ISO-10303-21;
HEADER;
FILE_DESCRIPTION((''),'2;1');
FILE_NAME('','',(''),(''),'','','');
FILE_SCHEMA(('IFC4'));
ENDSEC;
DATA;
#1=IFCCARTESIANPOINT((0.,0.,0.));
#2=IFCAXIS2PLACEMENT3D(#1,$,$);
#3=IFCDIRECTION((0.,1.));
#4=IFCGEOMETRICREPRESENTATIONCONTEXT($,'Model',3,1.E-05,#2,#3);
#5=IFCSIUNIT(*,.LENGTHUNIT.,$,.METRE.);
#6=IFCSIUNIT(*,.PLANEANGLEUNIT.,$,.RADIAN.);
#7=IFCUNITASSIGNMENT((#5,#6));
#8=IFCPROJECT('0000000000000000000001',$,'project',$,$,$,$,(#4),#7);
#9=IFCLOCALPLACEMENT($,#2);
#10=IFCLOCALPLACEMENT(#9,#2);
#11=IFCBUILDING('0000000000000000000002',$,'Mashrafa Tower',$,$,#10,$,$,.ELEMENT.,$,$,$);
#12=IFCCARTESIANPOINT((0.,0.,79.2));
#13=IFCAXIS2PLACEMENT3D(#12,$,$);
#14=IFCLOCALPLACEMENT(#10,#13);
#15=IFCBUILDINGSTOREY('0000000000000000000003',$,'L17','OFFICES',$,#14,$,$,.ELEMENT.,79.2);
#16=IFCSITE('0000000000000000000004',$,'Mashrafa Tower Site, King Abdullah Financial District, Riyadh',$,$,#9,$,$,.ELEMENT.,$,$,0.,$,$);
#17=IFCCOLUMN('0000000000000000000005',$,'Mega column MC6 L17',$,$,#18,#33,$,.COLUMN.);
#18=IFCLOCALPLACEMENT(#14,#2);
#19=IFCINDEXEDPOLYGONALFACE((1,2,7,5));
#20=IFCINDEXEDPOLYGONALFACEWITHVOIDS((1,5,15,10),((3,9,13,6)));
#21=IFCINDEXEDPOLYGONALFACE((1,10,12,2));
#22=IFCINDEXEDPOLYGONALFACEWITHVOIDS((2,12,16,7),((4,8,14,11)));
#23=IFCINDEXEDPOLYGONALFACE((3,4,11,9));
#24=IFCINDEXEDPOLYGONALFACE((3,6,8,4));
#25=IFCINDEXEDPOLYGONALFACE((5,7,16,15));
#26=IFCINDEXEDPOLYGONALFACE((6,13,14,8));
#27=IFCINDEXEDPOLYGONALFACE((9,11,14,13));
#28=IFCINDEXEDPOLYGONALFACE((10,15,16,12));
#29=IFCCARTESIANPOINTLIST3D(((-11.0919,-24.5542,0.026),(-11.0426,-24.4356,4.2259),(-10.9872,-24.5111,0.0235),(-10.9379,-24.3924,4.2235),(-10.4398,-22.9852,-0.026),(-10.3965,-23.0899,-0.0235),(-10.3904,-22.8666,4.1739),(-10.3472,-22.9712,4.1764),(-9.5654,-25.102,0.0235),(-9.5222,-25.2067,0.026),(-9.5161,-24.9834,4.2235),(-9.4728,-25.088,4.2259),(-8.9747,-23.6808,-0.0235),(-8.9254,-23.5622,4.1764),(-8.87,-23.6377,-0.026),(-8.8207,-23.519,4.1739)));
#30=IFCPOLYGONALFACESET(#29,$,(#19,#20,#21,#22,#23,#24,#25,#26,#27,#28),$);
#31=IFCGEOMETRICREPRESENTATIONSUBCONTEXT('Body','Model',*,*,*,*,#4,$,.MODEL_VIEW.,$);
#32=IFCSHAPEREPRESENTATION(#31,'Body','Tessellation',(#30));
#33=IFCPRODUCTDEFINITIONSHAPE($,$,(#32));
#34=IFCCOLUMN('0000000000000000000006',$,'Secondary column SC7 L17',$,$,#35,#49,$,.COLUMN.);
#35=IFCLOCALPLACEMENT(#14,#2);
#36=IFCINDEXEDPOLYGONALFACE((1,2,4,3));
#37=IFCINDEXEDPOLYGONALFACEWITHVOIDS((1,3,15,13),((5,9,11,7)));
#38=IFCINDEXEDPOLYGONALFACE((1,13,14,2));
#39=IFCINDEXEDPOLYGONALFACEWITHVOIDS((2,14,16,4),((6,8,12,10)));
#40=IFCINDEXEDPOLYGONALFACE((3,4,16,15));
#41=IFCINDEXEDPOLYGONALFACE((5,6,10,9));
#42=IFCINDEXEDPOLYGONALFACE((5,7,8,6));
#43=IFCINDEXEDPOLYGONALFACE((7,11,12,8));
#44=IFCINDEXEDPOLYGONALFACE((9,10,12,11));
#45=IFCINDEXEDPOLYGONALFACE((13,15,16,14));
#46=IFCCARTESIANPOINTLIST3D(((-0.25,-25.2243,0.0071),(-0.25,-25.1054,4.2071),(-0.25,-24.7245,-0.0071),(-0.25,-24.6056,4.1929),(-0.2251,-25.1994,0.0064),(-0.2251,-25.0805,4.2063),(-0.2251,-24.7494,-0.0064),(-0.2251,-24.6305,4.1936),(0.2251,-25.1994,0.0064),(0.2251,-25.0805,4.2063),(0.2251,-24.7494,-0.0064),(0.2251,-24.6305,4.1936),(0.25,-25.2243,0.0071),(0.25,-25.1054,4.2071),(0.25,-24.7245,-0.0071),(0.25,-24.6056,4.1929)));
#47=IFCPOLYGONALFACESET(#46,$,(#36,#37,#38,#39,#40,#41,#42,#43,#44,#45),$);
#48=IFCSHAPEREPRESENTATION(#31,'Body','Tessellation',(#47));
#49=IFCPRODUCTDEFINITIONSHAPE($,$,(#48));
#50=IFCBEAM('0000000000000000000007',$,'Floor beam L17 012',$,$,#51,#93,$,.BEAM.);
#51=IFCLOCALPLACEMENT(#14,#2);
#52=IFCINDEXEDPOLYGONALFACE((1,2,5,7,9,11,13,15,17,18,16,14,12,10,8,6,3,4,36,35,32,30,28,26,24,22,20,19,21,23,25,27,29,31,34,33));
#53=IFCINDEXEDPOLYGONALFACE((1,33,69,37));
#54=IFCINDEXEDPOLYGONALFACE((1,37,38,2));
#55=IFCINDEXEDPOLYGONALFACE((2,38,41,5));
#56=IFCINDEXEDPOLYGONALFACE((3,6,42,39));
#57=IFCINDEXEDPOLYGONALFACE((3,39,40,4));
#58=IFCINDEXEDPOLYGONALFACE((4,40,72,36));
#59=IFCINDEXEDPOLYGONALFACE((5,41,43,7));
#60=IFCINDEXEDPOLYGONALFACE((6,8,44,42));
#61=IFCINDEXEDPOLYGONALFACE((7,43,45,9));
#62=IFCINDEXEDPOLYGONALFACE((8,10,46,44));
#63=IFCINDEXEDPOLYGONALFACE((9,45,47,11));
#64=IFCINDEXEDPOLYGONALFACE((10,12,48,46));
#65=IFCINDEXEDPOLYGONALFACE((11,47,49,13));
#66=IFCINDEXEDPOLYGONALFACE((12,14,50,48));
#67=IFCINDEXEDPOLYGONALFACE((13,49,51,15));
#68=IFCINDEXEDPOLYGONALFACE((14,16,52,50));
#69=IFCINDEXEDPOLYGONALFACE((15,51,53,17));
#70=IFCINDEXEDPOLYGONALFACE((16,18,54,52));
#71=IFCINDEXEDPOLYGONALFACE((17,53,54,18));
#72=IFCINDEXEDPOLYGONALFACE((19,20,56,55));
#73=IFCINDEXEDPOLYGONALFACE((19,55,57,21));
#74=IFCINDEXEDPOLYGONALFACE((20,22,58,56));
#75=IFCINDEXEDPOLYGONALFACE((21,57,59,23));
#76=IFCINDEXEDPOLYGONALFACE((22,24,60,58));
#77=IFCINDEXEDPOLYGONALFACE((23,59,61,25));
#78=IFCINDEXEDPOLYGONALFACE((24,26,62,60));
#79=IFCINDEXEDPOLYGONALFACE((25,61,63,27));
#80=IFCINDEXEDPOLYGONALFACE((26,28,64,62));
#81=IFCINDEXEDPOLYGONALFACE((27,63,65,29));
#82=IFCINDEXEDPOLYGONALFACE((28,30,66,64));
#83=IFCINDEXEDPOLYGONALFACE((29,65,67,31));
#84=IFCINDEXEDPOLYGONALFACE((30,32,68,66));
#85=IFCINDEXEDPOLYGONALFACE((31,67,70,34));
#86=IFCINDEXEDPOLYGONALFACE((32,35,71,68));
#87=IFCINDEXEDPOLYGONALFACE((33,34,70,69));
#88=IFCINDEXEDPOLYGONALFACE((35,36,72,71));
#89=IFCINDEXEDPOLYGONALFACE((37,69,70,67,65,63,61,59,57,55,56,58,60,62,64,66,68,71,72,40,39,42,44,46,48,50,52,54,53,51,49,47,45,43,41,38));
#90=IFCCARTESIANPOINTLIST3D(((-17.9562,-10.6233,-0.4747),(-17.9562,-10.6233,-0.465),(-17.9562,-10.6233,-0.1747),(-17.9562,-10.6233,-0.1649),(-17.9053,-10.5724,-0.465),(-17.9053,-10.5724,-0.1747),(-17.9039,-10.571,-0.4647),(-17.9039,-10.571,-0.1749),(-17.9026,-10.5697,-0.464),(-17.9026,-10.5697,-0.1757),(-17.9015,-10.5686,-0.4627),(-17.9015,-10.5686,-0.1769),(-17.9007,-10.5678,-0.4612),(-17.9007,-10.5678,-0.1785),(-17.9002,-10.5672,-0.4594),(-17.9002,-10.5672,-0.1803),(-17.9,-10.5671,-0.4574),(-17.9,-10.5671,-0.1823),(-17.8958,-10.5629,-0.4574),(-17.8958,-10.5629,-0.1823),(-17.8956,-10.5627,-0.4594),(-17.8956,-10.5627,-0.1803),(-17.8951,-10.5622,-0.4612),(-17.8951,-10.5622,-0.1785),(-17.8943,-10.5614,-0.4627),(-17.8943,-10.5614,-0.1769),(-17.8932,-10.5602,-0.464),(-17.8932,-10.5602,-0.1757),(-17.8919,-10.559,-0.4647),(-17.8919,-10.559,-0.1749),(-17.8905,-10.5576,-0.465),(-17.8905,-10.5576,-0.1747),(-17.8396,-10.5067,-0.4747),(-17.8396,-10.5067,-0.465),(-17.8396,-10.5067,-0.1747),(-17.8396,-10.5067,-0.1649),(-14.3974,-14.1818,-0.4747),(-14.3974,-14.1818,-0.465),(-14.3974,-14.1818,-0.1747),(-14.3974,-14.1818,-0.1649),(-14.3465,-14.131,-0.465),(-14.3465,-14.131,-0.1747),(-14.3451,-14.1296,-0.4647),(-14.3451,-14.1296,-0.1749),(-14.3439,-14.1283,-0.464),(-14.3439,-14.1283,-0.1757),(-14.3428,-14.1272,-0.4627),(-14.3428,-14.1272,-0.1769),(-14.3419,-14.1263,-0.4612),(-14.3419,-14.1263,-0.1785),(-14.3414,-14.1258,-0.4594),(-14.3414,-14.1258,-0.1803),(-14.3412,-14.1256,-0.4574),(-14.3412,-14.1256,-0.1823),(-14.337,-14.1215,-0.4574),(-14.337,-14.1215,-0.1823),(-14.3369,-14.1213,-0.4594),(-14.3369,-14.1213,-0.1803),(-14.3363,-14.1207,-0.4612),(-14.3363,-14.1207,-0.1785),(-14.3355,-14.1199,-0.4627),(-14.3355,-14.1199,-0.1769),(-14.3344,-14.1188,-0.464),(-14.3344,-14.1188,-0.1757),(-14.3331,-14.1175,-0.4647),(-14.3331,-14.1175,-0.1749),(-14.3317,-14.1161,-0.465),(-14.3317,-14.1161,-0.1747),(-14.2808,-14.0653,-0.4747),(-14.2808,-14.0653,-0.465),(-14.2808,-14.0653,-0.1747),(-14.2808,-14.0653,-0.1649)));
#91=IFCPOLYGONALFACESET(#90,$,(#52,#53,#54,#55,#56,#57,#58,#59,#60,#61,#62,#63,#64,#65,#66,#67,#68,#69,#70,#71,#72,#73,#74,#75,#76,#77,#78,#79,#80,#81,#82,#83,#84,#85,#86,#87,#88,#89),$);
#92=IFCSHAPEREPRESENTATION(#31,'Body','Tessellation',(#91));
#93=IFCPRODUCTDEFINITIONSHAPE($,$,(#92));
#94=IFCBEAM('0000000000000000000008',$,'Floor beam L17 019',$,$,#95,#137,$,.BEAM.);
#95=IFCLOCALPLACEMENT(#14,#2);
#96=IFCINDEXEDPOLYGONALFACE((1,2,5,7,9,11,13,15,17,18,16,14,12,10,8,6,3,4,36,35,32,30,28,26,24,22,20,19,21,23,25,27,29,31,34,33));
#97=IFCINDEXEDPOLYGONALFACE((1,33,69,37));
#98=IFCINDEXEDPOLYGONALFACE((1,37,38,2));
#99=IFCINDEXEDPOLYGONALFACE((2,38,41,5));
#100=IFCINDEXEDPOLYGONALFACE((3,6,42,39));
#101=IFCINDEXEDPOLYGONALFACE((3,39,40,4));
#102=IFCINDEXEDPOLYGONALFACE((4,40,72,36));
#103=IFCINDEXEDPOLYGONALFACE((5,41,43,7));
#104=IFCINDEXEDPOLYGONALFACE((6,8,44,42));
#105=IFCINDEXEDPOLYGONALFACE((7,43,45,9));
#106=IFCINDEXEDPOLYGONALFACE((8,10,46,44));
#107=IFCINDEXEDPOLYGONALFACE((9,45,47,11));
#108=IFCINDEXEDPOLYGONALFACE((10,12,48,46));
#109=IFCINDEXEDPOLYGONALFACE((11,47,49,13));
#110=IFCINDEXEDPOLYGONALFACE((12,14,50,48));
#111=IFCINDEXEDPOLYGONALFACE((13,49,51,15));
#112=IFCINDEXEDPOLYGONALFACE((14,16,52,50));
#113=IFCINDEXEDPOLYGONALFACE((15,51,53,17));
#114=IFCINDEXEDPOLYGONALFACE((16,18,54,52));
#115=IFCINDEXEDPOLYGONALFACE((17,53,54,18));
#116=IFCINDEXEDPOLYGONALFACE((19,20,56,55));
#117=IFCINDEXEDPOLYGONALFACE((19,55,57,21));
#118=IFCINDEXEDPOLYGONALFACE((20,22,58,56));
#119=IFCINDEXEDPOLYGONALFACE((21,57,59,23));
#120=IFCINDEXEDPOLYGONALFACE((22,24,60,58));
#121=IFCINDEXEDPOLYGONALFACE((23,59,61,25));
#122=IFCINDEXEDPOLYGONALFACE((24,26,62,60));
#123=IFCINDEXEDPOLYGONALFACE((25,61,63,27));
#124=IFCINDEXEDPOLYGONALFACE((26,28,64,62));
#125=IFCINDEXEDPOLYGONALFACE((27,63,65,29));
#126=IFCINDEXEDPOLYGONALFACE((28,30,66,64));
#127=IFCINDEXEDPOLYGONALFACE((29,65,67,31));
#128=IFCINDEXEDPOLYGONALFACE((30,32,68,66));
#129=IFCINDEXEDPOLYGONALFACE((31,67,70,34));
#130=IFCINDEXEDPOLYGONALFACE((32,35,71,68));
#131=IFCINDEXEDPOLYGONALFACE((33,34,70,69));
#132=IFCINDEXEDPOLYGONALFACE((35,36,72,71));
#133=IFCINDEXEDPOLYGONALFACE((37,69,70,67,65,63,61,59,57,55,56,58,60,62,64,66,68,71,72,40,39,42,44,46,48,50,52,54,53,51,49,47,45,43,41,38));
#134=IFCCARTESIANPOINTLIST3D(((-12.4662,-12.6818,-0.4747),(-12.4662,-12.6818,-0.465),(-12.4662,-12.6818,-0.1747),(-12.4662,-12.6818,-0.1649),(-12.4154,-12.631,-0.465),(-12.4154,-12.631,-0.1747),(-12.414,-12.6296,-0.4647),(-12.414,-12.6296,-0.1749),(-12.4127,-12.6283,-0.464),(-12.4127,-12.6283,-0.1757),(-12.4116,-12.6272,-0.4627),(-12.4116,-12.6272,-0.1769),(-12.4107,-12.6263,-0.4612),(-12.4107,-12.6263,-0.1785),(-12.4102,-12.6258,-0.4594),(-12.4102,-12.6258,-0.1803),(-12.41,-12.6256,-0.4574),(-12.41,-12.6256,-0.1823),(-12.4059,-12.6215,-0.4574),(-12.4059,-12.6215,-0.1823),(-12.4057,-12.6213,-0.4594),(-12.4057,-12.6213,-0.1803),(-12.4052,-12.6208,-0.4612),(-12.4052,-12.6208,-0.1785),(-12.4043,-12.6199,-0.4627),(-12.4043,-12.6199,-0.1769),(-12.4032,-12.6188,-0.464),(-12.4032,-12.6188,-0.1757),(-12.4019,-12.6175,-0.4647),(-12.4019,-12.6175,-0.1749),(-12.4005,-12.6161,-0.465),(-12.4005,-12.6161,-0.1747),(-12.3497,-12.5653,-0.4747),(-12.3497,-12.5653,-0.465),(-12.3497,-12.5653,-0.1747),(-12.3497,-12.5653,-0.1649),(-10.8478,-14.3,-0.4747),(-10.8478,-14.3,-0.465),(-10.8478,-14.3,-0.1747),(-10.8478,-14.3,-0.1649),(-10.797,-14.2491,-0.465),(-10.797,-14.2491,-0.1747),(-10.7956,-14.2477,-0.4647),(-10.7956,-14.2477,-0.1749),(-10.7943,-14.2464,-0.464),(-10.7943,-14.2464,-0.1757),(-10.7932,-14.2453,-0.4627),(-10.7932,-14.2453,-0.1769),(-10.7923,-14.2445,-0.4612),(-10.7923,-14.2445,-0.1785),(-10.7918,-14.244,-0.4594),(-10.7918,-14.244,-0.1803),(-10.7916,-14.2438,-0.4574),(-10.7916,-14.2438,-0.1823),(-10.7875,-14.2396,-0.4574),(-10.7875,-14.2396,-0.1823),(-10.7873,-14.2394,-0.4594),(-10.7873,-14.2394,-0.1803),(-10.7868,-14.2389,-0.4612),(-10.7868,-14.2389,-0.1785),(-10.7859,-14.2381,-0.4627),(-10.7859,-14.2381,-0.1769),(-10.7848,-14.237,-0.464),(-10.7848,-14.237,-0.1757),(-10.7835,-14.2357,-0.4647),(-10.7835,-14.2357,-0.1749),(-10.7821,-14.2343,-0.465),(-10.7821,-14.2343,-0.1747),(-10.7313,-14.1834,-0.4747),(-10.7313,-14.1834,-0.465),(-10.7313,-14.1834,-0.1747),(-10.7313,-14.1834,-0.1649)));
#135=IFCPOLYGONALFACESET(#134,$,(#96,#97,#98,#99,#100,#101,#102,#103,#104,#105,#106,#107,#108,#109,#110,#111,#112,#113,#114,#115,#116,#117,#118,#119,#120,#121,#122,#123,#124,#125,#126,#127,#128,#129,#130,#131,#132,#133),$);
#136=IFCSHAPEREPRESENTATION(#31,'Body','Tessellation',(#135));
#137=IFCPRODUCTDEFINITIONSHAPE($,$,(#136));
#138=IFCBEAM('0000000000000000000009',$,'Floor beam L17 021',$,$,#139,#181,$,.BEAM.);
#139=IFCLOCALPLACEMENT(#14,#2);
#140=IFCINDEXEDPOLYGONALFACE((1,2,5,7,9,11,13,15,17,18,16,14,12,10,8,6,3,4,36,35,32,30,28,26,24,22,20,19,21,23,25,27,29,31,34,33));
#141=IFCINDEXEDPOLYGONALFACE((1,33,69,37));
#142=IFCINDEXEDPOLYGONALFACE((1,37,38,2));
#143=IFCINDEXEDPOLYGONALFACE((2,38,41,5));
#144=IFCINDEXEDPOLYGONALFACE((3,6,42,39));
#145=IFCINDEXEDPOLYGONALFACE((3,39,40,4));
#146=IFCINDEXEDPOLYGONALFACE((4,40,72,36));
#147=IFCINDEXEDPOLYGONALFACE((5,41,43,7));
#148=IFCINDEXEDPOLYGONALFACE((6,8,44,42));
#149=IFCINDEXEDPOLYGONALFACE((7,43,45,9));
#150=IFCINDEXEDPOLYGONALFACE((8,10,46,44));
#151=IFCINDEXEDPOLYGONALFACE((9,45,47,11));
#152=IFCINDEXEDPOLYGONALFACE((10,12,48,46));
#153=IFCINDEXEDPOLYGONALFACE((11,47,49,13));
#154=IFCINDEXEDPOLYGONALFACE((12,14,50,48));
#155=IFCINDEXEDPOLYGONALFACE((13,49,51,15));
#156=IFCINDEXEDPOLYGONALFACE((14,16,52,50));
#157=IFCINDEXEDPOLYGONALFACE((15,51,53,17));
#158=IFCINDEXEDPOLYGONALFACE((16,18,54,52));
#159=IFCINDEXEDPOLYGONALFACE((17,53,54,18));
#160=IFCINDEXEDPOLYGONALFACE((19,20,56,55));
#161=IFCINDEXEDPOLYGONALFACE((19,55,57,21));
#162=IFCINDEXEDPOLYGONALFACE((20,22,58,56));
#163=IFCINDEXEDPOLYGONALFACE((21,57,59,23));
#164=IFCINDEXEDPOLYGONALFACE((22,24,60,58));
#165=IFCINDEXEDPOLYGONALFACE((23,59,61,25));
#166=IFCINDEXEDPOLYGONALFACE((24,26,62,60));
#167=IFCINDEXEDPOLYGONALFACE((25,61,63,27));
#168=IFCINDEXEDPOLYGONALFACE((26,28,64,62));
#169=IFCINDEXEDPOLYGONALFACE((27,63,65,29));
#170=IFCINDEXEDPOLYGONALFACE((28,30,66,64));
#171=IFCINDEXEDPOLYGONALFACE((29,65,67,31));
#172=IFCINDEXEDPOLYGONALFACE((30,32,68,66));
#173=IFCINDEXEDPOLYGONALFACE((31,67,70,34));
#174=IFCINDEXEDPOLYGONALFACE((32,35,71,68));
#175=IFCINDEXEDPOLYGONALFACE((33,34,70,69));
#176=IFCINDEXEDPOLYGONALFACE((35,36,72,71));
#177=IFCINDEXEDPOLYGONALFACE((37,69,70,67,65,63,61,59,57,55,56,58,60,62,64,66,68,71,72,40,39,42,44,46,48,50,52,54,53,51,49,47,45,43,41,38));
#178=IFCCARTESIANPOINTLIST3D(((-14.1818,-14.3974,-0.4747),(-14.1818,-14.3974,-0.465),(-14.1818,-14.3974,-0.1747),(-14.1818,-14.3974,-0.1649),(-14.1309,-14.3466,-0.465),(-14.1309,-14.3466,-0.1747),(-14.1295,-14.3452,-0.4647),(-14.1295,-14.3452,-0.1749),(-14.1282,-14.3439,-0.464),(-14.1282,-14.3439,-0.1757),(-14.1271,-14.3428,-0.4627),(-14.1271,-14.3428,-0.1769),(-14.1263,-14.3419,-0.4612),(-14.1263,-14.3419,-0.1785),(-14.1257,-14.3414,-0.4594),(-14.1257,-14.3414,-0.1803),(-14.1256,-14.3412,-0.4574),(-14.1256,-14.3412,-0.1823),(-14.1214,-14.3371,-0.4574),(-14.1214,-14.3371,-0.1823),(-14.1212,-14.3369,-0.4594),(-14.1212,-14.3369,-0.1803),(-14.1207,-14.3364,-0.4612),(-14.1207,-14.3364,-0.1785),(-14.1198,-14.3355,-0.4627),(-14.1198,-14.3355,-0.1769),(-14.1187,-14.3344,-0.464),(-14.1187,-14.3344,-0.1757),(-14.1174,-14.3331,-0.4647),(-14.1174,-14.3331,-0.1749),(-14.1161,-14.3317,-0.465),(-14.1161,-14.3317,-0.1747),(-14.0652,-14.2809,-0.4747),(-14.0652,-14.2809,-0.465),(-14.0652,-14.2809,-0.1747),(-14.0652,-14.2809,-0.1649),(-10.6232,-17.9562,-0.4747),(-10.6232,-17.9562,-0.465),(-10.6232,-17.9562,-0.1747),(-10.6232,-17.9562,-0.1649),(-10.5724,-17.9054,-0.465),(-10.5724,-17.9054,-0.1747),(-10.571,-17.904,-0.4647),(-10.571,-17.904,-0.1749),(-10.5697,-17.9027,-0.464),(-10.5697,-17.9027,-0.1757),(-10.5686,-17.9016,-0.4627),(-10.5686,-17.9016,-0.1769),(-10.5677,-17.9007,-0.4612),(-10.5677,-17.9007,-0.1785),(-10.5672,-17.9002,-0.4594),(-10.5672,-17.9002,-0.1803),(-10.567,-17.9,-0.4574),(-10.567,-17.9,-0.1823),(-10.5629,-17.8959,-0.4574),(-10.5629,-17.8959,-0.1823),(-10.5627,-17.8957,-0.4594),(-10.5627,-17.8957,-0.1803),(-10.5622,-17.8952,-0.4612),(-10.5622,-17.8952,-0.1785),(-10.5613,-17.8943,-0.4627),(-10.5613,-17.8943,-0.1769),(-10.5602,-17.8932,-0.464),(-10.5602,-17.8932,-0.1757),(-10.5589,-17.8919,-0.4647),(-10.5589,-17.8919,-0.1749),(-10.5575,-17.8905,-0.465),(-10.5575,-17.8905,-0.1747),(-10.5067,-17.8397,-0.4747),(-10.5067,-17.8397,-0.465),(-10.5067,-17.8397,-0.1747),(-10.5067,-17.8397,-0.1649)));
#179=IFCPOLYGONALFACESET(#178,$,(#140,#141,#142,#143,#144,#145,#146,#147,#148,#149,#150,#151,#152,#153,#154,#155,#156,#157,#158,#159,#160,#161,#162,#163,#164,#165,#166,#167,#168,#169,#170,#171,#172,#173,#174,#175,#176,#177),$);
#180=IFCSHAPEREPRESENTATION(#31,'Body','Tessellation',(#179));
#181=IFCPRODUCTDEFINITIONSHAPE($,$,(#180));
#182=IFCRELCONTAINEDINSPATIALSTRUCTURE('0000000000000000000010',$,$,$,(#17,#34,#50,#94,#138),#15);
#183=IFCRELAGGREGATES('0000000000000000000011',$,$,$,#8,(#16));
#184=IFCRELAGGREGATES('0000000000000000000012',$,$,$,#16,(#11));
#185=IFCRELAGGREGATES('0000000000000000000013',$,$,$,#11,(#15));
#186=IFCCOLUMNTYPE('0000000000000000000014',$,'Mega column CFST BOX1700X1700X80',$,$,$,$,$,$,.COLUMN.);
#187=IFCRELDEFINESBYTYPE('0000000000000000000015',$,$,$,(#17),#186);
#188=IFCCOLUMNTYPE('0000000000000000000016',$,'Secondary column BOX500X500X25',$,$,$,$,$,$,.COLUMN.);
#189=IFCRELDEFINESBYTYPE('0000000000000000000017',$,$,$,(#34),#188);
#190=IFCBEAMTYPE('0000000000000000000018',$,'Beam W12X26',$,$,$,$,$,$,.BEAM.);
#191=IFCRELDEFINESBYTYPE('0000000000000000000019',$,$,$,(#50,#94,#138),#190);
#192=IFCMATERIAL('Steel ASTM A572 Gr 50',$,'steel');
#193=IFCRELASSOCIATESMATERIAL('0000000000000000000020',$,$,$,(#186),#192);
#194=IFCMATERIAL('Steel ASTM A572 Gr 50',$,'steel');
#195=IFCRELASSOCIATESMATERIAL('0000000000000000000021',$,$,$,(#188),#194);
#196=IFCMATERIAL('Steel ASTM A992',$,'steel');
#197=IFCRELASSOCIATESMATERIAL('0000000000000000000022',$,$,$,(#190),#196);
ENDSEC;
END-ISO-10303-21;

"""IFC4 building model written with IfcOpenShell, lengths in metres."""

from ifc_helpers import new_model, si_unit, direction, frame, origin, origin_2d, place, context, subcontext, project, spatial, hollow_rectangle, i_section, extrude, material, material_profile, profile_set, type_object, element, save


model = new_model("IFC4")

# Units and contexts
model_context = context("Model", 3, precision=1e-05, world=origin(), true_north=direction((0.0, 1.0)))
body_context = subcontext(model_context, "Body", "Model", "MODEL_VIEW")
ifc_project = project(units=[si_unit("LENGTHUNIT", "METRE"), si_unit("PLANEANGLEUNIT", "RADIAN")], contexts=[model_context])

# Site, building, storey
site_placement = place(None, origin())
site = spatial("IfcSite", under=ifc_project, at=site_placement, Name="Mashrafa Tower Site, King Abdullah Financial District, Riyadh", CompositionType="ELEMENT", RefElevation=0.0)
building_placement = place(site_placement, origin())
building = spatial("IfcBuilding", under=site, at=building_placement, Name="Mashrafa Tower", CompositionType="ELEMENT")
storey_placement = place(building_placement, frame((0.0, 0.0, 79.2)))
storey = spatial("IfcBuildingStorey", under=building, at=storey_placement, Name="L17", Description="OFFICES", CompositionType="ELEMENT", Elevation=79.2)

# Columns
ifc_material_1 = material(Name="Steel ASTM A572 Gr 50", Category="steel")
ifc_material_profile_1 = material_profile(ifc_material_1, hollow_rectangle(XDim=1.7, YDim=1.7, WallThickness=0.0801, at=origin_2d()), Name="BOX1700X1700X80")
ifc_profile_set_1 = profile_set([ifc_material_profile_1], Name="Steel ASTM A572 Gr 50")
column_type_1 = type_object("IfcColumnType", Name="Mega column CFST BOX1700X1700X80", PredefinedType="COLUMN", material=ifc_profile_set_1)
column_1_placement = place(storey_placement, frame((-9.981, -24.0959, 0.0), z_axis=(0.011737, 0.028238, 0.999532), x_axis=(-0.923414, 0.383806, 0.0)))
element("IfcColumn", 1, at=column_1_placement, inside=storey, type_object=column_type_1, Name="Mega column MC6 L17", PredefinedType="COLUMN", context=body_context, shape_type="SweptSolid", body=[
    extrude(hollow_rectangle(XDim=1.7, YDim=1.7, WallThickness=0.0801, at=origin_2d()), origin(), (0.0, 0.0, 1.0), 4.2019),
])
ifc_material_2 = material(Name="Steel ASTM A572 Gr 50", Category="steel")
ifc_material_profile_2 = material_profile(ifc_material_2, hollow_rectangle(XDim=0.5, YDim=0.5, WallThickness=0.0249, at=origin_2d()), Name="BOX500X500X25")
ifc_profile_set_2 = profile_set([ifc_material_profile_2], Name="Steel ASTM A572 Gr 50")
column_type_2 = type_object("IfcColumnType", Name="Secondary column BOX500X500X25", PredefinedType="COLUMN", material=ifc_profile_set_2)
column_2_placement = place(storey_placement, frame((0.0, -24.9744, 0.0), z_axis=(0.0, 0.028298, 0.9996), x_axis=(-1.0, 0.0, 0.0)))
element("IfcColumn", 2, at=column_2_placement, inside=storey, type_object=column_type_2, Name="Secondary column SC7 L17", PredefinedType="COLUMN", context=body_context, shape_type="SweptSolid", body=[
    extrude(hollow_rectangle(XDim=0.5, YDim=0.5, WallThickness=0.0249, at=origin_2d()), origin(), (0.0, 0.0, 1.0), 4.2017),
])

# Beams
ifc_material_3 = material(Name="Steel ASTM A992", Category="steel")
ifc_material_profile_3 = material_profile(ifc_material_3, i_section(OverallWidth=0.1648, OverallDepth=0.3098, WebThickness=0.0059, FlangeThickness=0.0098, FilletRadius=0.0076, at=origin_2d()), Name="W12X26")
ifc_profile_set_3 = profile_set([ifc_material_profile_3], Name="Steel ASTM A992")
beam_type_1 = type_object("IfcBeamType", Name="Beam W12X26", PredefinedType="BEAM", material=ifc_profile_set_3)
beam_1_placement = place(storey_placement, frame((-14.3391, -14.1235, -0.3198), z_axis=(-0.707131, 0.707083, 0.0), x_axis=(-0.707083, -0.707131, 0.0)))
element("IfcBeam", 3, at=beam_1_placement, inside=storey, type_object=beam_type_1, Name="Floor beam L17 012", PredefinedType="BEAM", context=body_context, shape_type="SweptSolid", body=[
    extrude(i_section(OverallWidth=0.1648, OverallDepth=0.3098, WebThickness=0.0059, FlangeThickness=0.0098, FilletRadius=0.0076, at=origin_2d()), origin(), (0.0, 0.0, 1.0), 5.0327),
])
beam_2_placement = place(storey_placement, frame((-10.7896, -14.2417, -0.3198), z_axis=(-0.70716, 0.707053, 0.0), x_axis=(-0.707053, -0.70716, 0.0)))
element("IfcBeam", 4, at=beam_2_placement, inside=storey, type_object=beam_type_1, Name="Floor beam L17 019", PredefinedType="BEAM", context=body_context, shape_type="SweptSolid", body=[
    extrude(i_section(OverallWidth=0.1648, OverallDepth=0.3098, WebThickness=0.0059, FlangeThickness=0.0098, FilletRadius=0.0076, at=origin_2d()), origin(), (0.0, 0.0, 1.0), 2.2886),
])
beam_3_placement = place(storey_placement, frame((-10.5649, -17.8979, -0.3198), z_axis=(-0.707083, 0.707131, 0.0), x_axis=(-0.707131, -0.707083, 0.0)))
element("IfcBeam", 5, at=beam_3_placement, inside=storey, type_object=beam_type_1, Name="Floor beam L17 021", PredefinedType="BEAM", context=body_context, shape_type="SweptSolid", body=[
    extrude(i_section(OverallWidth=0.1648, OverallDepth=0.3098, WebThickness=0.0059, FlangeThickness=0.0098, FilletRadius=0.0076, at=origin_2d()), origin(), (0.0, 0.0, 1.0), 5.0327),
])

save(model, "model.ifc")
